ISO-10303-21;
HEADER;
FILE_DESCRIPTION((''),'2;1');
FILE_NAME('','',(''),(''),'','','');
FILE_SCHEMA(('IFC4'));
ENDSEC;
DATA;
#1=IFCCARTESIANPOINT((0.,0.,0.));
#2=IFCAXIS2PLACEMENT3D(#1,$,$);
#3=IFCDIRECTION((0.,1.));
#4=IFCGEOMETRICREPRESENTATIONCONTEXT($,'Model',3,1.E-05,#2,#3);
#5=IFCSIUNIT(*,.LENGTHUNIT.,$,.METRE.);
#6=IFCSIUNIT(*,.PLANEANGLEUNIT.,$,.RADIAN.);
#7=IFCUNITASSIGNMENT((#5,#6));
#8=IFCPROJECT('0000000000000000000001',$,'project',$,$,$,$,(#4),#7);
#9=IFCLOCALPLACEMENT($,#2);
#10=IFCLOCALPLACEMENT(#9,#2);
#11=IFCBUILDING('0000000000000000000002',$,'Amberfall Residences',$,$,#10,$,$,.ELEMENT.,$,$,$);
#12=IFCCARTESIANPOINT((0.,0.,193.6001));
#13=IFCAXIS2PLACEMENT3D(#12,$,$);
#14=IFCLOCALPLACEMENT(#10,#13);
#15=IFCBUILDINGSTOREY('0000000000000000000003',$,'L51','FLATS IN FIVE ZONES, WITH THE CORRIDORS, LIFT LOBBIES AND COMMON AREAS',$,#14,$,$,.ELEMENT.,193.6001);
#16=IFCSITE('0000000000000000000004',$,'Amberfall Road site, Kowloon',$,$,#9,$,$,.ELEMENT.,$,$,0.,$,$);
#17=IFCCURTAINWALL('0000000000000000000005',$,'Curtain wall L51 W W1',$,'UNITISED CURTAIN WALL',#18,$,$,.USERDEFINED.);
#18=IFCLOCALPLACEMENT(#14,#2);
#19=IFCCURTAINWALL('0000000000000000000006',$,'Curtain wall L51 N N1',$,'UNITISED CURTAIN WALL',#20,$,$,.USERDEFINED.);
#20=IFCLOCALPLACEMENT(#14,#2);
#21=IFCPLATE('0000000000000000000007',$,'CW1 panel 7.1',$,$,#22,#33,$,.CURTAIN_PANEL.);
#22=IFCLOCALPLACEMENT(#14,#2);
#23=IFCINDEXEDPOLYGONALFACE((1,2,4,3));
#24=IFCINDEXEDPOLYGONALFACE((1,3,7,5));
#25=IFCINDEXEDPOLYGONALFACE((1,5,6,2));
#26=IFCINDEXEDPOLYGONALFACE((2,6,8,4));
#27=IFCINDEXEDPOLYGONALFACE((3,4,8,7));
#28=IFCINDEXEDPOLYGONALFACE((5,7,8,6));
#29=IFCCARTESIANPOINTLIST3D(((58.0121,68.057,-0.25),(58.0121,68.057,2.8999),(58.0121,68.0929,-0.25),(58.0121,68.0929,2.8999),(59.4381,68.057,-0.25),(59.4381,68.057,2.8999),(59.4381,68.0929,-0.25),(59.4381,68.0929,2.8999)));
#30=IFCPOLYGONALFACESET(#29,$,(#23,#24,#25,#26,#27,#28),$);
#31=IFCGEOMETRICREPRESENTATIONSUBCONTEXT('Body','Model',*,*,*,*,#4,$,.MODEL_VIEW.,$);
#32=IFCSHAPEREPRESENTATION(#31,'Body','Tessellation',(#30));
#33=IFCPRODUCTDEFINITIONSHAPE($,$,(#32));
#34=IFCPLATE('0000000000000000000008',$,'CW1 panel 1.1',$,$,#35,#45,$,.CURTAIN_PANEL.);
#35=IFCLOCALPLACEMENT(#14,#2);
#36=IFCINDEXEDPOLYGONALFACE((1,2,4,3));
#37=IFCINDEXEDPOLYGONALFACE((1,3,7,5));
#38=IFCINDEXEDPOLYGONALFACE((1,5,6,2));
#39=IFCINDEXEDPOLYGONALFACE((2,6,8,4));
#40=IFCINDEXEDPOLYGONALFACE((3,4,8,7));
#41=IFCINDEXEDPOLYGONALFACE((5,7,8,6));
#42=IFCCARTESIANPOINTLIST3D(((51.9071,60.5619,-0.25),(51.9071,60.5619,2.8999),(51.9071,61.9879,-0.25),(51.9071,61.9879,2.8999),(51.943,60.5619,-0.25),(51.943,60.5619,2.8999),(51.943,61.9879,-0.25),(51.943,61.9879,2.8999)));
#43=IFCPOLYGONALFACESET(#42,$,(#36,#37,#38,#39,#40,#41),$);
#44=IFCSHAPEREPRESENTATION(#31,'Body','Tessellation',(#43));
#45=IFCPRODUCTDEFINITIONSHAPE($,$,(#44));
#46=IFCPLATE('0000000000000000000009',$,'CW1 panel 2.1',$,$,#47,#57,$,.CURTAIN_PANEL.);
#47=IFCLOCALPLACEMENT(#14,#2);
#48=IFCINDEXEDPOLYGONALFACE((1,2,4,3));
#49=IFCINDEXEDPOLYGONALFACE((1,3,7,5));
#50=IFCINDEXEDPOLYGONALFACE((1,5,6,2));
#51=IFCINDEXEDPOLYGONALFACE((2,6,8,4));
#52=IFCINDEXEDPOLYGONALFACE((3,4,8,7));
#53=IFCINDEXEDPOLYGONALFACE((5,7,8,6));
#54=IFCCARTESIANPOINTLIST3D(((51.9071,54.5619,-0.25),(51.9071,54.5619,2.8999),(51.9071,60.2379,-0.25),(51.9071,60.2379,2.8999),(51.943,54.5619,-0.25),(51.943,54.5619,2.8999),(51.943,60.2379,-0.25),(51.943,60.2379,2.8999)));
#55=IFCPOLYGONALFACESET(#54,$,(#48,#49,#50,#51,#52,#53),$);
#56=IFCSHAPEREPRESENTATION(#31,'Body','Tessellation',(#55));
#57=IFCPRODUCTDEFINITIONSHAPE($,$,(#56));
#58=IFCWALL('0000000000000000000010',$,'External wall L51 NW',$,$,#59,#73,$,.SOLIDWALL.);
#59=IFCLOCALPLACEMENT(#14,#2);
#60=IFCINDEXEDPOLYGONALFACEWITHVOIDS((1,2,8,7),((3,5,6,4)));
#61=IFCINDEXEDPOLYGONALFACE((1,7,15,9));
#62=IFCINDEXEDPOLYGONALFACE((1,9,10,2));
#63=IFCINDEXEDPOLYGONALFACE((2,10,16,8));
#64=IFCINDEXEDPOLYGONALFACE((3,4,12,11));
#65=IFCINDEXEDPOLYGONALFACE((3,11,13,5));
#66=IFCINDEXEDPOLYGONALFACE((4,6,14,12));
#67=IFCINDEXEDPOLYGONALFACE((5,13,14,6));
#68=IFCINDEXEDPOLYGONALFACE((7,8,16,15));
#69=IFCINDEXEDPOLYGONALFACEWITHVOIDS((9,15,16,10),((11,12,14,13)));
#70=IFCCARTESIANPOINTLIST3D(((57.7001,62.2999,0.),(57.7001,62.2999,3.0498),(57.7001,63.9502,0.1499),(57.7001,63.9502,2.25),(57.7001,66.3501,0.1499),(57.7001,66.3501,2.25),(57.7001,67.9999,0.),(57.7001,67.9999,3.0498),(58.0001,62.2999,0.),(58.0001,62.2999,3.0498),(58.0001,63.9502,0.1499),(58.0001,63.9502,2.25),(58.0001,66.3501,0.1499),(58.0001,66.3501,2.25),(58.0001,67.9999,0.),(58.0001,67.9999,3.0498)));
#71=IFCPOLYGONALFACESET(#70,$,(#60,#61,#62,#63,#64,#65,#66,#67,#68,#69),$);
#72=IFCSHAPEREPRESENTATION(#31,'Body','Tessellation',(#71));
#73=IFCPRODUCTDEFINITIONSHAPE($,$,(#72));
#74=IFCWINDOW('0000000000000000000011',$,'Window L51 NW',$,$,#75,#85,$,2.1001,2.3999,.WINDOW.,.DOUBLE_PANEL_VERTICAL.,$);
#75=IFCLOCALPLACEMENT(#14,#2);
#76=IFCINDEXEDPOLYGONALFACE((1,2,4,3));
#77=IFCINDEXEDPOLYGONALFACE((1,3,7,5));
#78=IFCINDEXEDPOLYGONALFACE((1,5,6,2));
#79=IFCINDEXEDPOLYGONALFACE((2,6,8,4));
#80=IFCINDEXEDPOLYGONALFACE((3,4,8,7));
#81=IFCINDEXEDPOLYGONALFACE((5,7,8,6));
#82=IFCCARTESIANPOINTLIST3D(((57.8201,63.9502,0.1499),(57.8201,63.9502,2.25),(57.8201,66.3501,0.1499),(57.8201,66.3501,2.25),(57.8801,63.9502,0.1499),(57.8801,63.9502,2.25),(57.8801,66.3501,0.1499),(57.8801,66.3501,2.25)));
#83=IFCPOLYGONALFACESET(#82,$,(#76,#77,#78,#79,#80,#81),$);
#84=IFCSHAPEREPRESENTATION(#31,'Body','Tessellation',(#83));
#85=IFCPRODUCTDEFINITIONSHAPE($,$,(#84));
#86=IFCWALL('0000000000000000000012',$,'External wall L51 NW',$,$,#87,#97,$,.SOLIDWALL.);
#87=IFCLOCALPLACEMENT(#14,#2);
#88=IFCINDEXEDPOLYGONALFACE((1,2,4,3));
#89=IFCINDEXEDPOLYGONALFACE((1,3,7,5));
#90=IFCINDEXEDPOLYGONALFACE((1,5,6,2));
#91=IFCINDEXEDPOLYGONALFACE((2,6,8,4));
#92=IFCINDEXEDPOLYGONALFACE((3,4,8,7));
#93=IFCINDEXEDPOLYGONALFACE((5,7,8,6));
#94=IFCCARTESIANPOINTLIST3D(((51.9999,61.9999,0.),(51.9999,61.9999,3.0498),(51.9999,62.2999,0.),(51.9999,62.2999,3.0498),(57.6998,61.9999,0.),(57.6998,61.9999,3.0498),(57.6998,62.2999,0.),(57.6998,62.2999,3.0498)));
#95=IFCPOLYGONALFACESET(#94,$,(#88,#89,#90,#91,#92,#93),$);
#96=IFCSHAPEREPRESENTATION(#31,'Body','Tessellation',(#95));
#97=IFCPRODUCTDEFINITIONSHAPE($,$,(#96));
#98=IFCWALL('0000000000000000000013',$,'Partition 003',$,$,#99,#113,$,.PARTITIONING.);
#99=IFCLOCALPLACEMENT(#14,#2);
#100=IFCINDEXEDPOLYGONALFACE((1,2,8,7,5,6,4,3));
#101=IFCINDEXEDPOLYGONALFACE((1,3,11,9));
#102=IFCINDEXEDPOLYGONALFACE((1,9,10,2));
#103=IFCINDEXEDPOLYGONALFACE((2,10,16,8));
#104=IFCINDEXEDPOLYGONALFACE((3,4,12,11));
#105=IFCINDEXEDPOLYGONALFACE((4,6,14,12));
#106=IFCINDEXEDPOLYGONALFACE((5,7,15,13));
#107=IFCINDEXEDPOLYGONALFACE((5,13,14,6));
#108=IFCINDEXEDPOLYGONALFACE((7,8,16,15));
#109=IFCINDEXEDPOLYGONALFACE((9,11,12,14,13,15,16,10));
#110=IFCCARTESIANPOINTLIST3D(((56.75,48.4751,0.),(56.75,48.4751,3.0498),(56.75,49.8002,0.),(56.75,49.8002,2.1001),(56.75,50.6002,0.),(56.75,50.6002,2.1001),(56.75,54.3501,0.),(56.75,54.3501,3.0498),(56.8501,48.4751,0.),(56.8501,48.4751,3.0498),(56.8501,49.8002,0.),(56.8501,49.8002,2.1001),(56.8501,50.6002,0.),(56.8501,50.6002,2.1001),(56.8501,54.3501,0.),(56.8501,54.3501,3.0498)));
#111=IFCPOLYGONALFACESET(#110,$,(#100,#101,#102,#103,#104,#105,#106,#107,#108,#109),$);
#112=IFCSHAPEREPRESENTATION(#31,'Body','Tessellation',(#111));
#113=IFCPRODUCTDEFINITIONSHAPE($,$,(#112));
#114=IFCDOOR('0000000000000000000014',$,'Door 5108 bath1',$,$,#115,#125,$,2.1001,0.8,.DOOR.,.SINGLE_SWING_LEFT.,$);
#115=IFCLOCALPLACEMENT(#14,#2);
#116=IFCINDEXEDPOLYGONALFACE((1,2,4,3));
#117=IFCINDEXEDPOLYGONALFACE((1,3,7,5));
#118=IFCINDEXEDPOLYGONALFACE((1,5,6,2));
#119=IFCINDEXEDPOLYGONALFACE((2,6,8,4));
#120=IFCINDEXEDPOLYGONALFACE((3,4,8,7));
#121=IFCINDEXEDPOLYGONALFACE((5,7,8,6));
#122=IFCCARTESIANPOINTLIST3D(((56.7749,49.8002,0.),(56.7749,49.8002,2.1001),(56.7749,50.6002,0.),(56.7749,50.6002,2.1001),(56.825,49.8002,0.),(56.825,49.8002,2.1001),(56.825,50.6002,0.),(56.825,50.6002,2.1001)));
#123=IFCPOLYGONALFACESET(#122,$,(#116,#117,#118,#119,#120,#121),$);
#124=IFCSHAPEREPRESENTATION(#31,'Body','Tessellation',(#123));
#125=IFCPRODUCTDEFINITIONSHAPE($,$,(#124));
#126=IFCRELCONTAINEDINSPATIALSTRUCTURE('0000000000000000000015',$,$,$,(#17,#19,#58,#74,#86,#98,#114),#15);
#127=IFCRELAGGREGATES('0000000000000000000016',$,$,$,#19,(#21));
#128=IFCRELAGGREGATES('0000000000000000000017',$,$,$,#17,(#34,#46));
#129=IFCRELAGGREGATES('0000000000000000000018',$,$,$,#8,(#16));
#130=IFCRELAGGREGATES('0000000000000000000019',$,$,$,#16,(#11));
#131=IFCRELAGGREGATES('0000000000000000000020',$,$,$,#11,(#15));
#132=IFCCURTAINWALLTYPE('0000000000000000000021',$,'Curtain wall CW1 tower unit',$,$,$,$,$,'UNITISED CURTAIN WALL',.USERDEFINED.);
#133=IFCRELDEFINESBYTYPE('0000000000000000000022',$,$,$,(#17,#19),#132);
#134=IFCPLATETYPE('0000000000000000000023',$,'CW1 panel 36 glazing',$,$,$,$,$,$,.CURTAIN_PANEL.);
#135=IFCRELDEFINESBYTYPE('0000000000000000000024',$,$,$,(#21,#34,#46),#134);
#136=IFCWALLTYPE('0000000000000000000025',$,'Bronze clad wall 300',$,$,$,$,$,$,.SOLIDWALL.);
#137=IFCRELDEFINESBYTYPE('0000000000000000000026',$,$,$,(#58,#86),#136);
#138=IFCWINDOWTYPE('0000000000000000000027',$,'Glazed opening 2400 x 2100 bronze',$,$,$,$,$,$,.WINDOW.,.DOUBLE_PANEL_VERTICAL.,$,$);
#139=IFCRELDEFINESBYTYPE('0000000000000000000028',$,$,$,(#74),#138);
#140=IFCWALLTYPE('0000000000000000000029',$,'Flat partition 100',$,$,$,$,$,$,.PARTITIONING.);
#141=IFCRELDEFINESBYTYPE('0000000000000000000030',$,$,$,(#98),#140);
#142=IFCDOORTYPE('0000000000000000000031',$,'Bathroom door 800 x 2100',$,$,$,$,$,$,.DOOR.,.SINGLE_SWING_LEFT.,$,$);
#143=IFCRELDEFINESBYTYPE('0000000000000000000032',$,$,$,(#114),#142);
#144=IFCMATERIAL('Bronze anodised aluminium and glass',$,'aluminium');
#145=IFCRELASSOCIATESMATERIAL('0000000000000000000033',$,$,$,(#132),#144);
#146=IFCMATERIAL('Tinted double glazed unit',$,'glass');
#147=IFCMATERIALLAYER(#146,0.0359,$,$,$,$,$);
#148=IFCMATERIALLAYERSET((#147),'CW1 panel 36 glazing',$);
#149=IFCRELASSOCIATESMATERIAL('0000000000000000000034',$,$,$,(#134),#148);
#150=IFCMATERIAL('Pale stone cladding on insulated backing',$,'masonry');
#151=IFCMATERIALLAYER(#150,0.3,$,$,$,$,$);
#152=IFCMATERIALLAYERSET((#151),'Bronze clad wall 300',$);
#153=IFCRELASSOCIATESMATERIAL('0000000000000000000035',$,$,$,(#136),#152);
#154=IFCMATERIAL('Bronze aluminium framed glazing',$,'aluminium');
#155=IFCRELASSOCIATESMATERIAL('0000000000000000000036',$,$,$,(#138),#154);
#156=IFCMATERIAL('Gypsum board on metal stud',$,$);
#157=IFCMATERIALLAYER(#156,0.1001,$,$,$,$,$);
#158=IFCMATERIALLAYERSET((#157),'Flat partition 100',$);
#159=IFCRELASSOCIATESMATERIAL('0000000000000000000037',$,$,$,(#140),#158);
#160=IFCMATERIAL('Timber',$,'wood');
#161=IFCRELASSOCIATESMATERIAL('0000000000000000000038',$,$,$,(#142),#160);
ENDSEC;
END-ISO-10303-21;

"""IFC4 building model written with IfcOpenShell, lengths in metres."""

from ifc_helpers import new_model, si_unit, direction, frame, frame_2d, origin, origin_2d, place, context, subcontext, project, spatial, rectangle, extrude, material, layer, layer_set, type_object, element, fill, aggregate, save


model = new_model("IFC4")

# Units and contexts
model_context = context("Model", 3, precision=1e-05, world=origin(), true_north=direction((0.0, 1.0)))
body_context = subcontext(model_context, "Body", "Model", "MODEL_VIEW")
ifc_project = project(units=[si_unit("LENGTHUNIT", "METRE"), si_unit("PLANEANGLEUNIT", "RADIAN")], contexts=[model_context])

# Site, building, storey
site_placement = place(None, origin())
site = spatial("IfcSite", under=ifc_project, at=site_placement, Name="Amberfall Road site, Kowloon", CompositionType="ELEMENT", RefElevation=0.0)
building_placement = place(site_placement, origin())
building = spatial("IfcBuilding", under=site, at=building_placement, Name="Amberfall Residences", CompositionType="ELEMENT")
storey_placement = place(building_placement, frame((0.0, 0.0, 193.6001)))
storey = spatial("IfcBuildingStorey", under=building, at=storey_placement, Name="L51", Description="FLATS IN FIVE ZONES, WITH THE CORRIDORS, LIFT LOBBIES AND COMMON AREAS", CompositionType="ELEMENT", Elevation=193.6001)

# Curtain wall
ifc_material_1 = material(Name="Bronze anodised aluminium and glass", Category="aluminium")
curtain_wall_type = type_object("IfcCurtainWallType", Name="Curtain wall CW1 tower unit", ElementType="UNITISED CURTAIN WALL", PredefinedType="USERDEFINED", material=ifc_material_1)
curtain_wall_1_placement = place(storey_placement, origin())
curtain_wall_1 = element("IfcCurtainWall", 1, at=curtain_wall_1_placement, inside=storey, type_object=curtain_wall_type, Name="Curtain wall L51 W W1", ObjectType="UNITISED CURTAIN WALL", PredefinedType="USERDEFINED")

# Curtain wall
curtain_wall_2_placement = place(storey_placement, origin())
curtain_wall_2 = element("IfcCurtainWall", 2, at=curtain_wall_2_placement, inside=storey, type_object=curtain_wall_type, Name="Curtain wall L51 N N1", ObjectType="UNITISED CURTAIN WALL", PredefinedType="USERDEFINED")

# Plates
ifc_material_2 = material(Name="Tinted double glazed unit", Category="glass")
ifc_layer_1 = layer(ifc_material_2, 0.0359)
ifc_layer_set_1 = layer_set([ifc_layer_1], Name="CW1 panel 36 glazing")
plate_type = type_object("IfcPlateType", Name="CW1 panel 36 glazing", PredefinedType="CURTAIN_PANEL", material=ifc_layer_set_1)
plate_1_placement = place(storey_placement, frame((58.7251, 68.075, -0.25), z_axis=(0.0, 0.0, 1.0), x_axis=(-1.0, 0.0, 0.0)))
plate_1 = element("IfcPlate", 3, at=plate_1_placement, type_object=plate_type, Name="CW1 panel 7.1", PredefinedType="CURTAIN_PANEL", context=body_context, shape_type="SweptSolid", body=[
    extrude(rectangle(XDim=1.426, YDim=0.0359, at=origin_2d()), origin(), (0.0, 0.0, 1.0), 3.1499),
])
aggregate(curtain_wall_2, [plate_1])
plate_2_placement = place(storey_placement, frame((51.925, 61.2749, -0.25), z_axis=(0.0, 0.0, 1.0), x_axis=(0.0, -1.0, 0.0)))
plate_2 = element("IfcPlate", 4, at=plate_2_placement, type_object=plate_type, Name="CW1 panel 1.1", PredefinedType="CURTAIN_PANEL", context=body_context, shape_type="SweptSolid", body=[
    extrude(rectangle(XDim=1.426, YDim=0.0359, at=origin_2d()), origin(), (0.0, 0.0, 1.0), 3.1499),
])
plate_3_placement = place(storey_placement, frame((51.925, 57.3999, -0.25), z_axis=(0.0, 0.0, 1.0), x_axis=(0.0, -1.0, 0.0)))
plate_3 = element("IfcPlate", 5, at=plate_3_placement, type_object=plate_type, Name="CW1 panel 2.1", PredefinedType="CURTAIN_PANEL", context=body_context, shape_type="SweptSolid", body=[
    extrude(rectangle(XDim=5.676, YDim=0.0359, at=origin_2d()), origin(), (0.0, 0.0, 1.0), 3.1499),
])
aggregate(curtain_wall_1, [plate_2, plate_3])

# Wall, opening, window
ifc_material_3 = material(Name="Pale stone cladding on insulated backing", Category="masonry")
ifc_layer_2 = layer(ifc_material_3, 0.3)
ifc_layer_set_2 = layer_set([ifc_layer_2], Name="Bronze clad wall 300")
wall_type_1 = type_object("IfcWallType", Name="Bronze clad wall 300", PredefinedType="SOLIDWALL", material=ifc_layer_set_2)
wall_1_placement = place(storey_placement, frame((57.8501, 68.0, 0.0), z_axis=(0.0, 0.0, 1.0), x_axis=(0.0, -1.0, 0.0)))
wall_1 = element("IfcWall", 6, at=wall_1_placement, inside=storey, type_object=wall_type_1, Name="External wall L51 NW", PredefinedType="SOLIDWALL", context=body_context, shape_type="SweptSolid", body=[
    extrude(rectangle(XDim=5.7, YDim=0.3, at=frame_2d((2.8501, 0.0))), origin(), (0.0, 0.0, 1.0), 3.0498),
])
opening_1_placement = place(wall_1_placement, frame((1.6499, 0.0, 0.1499)))
opening_1 = element("IfcOpeningElement", 7, at=opening_1_placement, cuts=wall_1, PredefinedType="OPENING", context=body_context, shape_type="SweptSolid", body=[
    extrude(rectangle(XDim=2.3999, YDim=2.1001, at=frame_2d((1.2, 1.05))), frame((0.0, 0.1599, 0.0), z_axis=(0.0, -1.0, 0.0), x_axis=(1.0, 0.0, 0.0)), (0.0, 0.0, 1.0), 0.3201),
])
ifc_material_4 = material(Name="Bronze aluminium framed glazing", Category="aluminium")
window_type = type_object("IfcWindowType", Name="Glazed opening 2400 x 2100 bronze", PartitioningType="DOUBLE_PANEL_VERTICAL", PredefinedType="WINDOW", material=ifc_material_4)
window_placement = place(opening_1_placement, origin())
window = element("IfcWindow", 8, at=window_placement, inside=storey, type_object=window_type, Name="Window L51 NW", OverallHeight=2.1001, OverallWidth=2.3999, PartitioningType="DOUBLE_PANEL_VERTICAL", PredefinedType="WINDOW", context=body_context, shape_type="SweptSolid", body=[
    extrude(rectangle(XDim=2.3999, YDim=2.1001, at=frame_2d((1.2, 1.05))), frame((0.0, 0.03, 0.0), z_axis=(0.0, -1.0, 0.0), x_axis=(1.0, 0.0, 0.0)), (0.0, 0.0, 1.0), 0.0601),
])
fill(opening_1, window)

# Wall
wall_2_placement = place(storey_placement, frame((57.7, 62.1499, 0.0), z_axis=(0.0, 0.0, 1.0), x_axis=(-1.0, 0.0, 0.0)))
element("IfcWall", 9, at=wall_2_placement, inside=storey, type_object=wall_type_1, Name="External wall L51 NW", PredefinedType="SOLIDWALL", context=body_context, shape_type="SweptSolid", body=[
    extrude(rectangle(XDim=5.7, YDim=0.3, at=frame_2d((2.8501, 0.0))), origin(), (0.0, 0.0, 1.0), 3.0498),
])

# Wall, opening, door
ifc_material_5 = material(Name="Gypsum board on metal stud")
ifc_layer_3 = layer(ifc_material_5, 0.1001)
ifc_layer_set_3 = layer_set([ifc_layer_3], Name="Flat partition 100")
wall_type_2 = type_object("IfcWallType", Name="Flat partition 100", PredefinedType="PARTITIONING", material=ifc_layer_set_3)
wall_3_placement = place(storey_placement, frame((56.8, 54.3501, 0.0), z_axis=(0.0, 0.0, 1.0), x_axis=(0.0, -1.0, 0.0)))
wall_3 = element("IfcWall", 10, at=wall_3_placement, inside=storey, type_object=wall_type_2, Name="Partition 003", PredefinedType="PARTITIONING", context=body_context, shape_type="SweptSolid", body=[
    extrude(rectangle(XDim=5.875, YDim=0.1001, at=frame_2d((2.9375, 0.0))), origin(), (0.0, 0.0, 1.0), 3.0498),
])
opening_2_placement = place(wall_3_placement, frame((3.75, 0.0, 0.0)))
opening_2 = element("IfcOpeningElement", 11, at=opening_2_placement, cuts=wall_3, PredefinedType="OPENING", context=body_context, shape_type="SweptSolid", body=[
    extrude(rectangle(XDim=0.8, YDim=2.1001, at=frame_2d((0.3999, 1.05))), frame((0.0, 0.0601, 0.0), z_axis=(0.0, -1.0, 0.0), x_axis=(1.0, 0.0, 0.0)), (0.0, 0.0, 1.0), 0.1201),
])
ifc_material_6 = material(Name="Timber", Category="wood")
door_type = type_object("IfcDoorType", Name="Bathroom door 800 x 2100", OperationType="SINGLE_SWING_LEFT", PredefinedType="DOOR", material=ifc_material_6)
door_placement = place(opening_2_placement, origin())
door = element("IfcDoor", 12, at=door_placement, inside=storey, type_object=door_type, Name="Door 5108 bath1", OperationType="SINGLE_SWING_LEFT", OverallHeight=2.1001, OverallWidth=0.8, PredefinedType="DOOR", context=body_context, shape_type="SweptSolid", body=[
    extrude(rectangle(XDim=0.8, YDim=2.1001, at=frame_2d((0.3999, 1.05))), frame((0.0, 0.0249, 0.0), z_axis=(0.0, -1.0, 0.0), x_axis=(1.0, 0.0, 0.0)), (0.0, 0.0, 1.0), 0.05),
])
fill(opening_2, door)

save(model, "model.ifc")
